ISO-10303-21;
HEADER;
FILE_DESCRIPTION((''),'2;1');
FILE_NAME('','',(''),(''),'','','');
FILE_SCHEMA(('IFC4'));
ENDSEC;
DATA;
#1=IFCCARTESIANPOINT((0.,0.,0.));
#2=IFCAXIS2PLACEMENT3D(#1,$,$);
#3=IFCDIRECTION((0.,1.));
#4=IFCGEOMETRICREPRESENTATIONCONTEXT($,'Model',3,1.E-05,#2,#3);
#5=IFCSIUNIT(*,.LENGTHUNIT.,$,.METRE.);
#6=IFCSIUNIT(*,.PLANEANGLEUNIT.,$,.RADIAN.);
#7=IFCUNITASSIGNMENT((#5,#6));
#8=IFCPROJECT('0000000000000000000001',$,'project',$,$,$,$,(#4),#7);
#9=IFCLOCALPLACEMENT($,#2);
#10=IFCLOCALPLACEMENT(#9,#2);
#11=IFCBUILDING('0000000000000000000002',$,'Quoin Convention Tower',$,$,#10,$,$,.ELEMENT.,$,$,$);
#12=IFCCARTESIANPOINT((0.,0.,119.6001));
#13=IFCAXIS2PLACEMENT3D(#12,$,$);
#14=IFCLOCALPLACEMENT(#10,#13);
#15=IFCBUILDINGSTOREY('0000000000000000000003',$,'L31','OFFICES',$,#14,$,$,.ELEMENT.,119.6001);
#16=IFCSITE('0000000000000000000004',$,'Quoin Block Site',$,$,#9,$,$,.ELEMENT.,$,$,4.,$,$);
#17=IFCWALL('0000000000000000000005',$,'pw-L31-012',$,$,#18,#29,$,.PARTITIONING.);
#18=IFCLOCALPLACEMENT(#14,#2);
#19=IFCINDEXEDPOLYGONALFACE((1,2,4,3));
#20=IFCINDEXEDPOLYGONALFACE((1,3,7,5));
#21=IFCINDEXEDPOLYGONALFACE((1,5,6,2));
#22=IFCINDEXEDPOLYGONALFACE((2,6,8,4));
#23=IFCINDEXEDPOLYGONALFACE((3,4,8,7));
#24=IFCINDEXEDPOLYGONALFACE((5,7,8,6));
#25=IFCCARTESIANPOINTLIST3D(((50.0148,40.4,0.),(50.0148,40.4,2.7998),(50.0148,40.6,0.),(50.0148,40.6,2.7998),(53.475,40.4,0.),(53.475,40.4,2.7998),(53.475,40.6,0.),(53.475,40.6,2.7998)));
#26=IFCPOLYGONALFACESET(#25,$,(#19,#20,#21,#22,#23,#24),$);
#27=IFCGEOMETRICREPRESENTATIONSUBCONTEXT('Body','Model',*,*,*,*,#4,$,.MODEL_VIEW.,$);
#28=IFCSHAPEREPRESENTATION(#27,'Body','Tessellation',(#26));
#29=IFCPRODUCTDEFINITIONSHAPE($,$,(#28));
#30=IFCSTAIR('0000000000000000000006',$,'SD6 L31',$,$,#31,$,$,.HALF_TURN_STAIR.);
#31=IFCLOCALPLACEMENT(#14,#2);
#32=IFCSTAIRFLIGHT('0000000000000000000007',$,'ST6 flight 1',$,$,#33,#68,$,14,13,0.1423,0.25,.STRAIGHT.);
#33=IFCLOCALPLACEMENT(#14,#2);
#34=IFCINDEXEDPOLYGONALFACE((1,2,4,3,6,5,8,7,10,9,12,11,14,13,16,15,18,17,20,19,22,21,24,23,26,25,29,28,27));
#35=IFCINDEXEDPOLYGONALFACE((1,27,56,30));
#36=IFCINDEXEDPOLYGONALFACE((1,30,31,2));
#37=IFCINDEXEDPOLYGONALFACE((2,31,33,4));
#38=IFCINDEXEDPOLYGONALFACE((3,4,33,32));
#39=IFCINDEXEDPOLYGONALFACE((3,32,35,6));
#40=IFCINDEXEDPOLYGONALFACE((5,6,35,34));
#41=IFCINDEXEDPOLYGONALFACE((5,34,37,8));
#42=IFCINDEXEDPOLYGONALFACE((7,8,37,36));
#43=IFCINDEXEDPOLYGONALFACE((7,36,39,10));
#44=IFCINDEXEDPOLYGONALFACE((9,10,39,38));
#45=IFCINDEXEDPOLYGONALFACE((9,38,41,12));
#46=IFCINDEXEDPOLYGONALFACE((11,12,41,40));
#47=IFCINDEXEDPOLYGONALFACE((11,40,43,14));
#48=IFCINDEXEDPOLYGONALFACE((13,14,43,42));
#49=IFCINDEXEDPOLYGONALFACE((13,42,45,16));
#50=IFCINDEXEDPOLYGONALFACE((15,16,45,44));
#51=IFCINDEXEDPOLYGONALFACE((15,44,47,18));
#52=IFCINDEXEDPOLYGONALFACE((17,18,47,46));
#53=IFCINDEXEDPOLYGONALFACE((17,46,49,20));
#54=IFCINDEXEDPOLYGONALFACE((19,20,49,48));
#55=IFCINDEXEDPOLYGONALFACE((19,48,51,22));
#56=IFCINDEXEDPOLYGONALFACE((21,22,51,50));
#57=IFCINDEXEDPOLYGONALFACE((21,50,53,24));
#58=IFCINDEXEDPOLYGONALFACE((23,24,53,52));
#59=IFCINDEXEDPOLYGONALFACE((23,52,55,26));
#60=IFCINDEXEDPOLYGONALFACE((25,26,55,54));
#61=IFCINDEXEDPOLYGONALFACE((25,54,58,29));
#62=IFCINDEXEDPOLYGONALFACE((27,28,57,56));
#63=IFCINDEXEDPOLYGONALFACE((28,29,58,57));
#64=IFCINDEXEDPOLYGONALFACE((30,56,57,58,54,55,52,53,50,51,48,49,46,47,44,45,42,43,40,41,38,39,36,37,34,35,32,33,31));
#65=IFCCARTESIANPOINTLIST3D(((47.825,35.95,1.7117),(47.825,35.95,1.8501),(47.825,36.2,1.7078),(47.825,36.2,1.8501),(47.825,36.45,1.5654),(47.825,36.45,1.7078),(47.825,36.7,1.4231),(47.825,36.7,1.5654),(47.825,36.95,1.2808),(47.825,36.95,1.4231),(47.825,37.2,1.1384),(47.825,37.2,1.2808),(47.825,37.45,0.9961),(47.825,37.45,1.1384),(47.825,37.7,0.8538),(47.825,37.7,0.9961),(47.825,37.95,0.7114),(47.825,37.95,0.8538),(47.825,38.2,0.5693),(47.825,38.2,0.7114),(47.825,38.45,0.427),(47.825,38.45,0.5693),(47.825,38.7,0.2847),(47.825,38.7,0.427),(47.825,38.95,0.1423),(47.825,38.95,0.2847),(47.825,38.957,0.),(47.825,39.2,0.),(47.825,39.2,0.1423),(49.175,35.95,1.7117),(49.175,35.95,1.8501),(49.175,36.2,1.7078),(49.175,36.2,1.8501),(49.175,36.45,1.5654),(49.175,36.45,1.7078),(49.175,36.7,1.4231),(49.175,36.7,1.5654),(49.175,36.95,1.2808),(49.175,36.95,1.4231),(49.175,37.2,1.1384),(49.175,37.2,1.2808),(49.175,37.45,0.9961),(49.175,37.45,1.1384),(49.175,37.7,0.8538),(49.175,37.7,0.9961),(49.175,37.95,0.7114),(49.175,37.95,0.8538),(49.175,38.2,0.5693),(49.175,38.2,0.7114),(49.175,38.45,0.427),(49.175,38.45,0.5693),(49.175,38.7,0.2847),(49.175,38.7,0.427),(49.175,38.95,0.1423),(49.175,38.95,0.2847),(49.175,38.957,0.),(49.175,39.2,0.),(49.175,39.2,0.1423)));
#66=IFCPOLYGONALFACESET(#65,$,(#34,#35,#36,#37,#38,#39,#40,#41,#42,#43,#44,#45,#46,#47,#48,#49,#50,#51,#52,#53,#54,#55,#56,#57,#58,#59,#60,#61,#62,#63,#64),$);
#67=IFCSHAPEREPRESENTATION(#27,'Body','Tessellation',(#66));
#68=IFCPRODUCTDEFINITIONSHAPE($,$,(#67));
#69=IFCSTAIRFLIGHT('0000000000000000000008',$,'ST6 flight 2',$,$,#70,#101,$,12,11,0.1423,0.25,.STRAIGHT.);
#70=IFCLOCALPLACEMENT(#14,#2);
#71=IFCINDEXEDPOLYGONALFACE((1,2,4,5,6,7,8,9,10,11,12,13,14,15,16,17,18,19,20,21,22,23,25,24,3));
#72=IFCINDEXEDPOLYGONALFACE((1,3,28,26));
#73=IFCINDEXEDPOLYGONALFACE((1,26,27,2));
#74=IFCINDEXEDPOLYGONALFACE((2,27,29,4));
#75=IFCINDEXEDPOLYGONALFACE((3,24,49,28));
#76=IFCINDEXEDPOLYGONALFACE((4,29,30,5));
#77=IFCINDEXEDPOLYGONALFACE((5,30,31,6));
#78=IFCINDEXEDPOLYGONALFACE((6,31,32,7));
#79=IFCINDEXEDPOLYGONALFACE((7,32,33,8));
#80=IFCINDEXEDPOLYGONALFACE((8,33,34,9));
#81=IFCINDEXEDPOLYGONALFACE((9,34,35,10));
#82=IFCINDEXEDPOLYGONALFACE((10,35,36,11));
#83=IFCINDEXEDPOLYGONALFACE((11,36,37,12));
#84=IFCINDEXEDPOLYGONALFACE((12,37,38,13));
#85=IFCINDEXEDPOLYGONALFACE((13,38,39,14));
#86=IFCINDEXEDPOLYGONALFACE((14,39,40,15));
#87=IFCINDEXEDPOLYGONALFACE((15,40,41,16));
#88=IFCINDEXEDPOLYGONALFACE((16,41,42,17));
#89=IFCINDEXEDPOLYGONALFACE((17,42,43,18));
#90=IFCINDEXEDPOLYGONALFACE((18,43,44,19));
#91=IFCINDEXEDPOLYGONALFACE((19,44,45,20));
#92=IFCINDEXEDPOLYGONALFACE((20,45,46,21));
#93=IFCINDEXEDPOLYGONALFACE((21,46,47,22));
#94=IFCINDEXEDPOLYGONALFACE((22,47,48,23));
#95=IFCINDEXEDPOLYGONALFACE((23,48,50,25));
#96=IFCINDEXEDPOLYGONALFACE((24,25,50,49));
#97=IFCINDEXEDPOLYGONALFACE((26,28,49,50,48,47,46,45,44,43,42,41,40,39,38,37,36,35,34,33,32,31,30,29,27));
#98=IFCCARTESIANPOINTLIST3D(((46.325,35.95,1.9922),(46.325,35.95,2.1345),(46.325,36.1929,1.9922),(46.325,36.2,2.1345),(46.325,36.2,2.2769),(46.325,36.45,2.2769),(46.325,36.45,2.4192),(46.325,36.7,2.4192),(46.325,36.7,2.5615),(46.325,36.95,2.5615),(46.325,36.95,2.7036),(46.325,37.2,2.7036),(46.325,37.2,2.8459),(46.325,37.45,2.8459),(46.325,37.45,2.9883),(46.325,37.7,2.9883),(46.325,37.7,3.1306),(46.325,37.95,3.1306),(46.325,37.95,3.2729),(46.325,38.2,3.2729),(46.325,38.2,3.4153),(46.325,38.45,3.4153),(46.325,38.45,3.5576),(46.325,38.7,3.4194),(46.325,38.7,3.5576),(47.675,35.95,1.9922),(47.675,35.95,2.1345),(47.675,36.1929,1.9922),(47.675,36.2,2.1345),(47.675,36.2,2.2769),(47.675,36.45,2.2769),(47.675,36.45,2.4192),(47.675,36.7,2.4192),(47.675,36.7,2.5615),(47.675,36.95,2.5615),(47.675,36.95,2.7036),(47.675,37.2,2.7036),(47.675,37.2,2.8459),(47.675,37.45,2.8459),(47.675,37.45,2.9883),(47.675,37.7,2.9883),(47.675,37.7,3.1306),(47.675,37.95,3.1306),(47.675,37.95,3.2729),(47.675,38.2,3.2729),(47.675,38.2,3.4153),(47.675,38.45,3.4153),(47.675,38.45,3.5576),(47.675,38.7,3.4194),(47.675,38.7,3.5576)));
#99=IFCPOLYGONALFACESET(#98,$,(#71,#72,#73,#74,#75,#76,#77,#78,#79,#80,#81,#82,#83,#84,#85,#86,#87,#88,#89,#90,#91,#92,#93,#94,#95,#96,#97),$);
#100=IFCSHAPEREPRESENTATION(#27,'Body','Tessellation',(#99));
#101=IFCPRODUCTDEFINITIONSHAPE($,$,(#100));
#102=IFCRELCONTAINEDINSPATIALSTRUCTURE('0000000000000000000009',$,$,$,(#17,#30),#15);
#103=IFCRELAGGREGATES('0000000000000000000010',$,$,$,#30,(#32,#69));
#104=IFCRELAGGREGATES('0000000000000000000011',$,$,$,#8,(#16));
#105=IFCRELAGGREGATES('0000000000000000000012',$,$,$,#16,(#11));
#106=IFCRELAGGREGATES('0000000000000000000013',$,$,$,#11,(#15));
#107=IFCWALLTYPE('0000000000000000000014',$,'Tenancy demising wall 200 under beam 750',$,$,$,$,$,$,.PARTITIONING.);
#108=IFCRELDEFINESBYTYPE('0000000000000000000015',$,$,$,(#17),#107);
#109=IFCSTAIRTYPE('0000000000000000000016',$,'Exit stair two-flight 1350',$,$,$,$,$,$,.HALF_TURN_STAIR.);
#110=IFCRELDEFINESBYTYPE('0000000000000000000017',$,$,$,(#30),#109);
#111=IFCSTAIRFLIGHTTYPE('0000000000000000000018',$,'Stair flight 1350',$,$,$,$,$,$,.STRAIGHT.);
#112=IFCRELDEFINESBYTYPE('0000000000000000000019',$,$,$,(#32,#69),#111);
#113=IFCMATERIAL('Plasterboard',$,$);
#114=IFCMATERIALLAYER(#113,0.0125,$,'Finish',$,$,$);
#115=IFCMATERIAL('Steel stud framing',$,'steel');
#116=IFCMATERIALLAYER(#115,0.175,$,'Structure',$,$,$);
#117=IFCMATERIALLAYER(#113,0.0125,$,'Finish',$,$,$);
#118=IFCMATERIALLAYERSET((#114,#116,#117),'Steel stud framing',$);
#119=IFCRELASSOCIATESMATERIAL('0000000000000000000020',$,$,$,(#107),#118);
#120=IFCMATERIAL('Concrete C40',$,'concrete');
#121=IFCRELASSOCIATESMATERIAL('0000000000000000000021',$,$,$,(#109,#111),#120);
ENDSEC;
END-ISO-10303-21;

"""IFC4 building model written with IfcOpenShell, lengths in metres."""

from ifc_helpers import new_model, si_unit, direction, frame, frame_2d, origin, place, context, subcontext, project, spatial, polyline, rectangle, outline, extrude, material, layer, layer_set, type_object, element, aggregate, save


model = new_model("IFC4")

# Units and contexts
model_context = context("Model", 3, precision=1e-05, world=origin(), true_north=direction((0.0, 1.0)))
body_context = subcontext(model_context, "Body", "Model", "MODEL_VIEW")
ifc_project = project(units=[si_unit("LENGTHUNIT", "METRE"), si_unit("PLANEANGLEUNIT", "RADIAN")], contexts=[model_context])

# Site, building, storey
site_placement = place(None, origin())
site = spatial("IfcSite", under=ifc_project, at=site_placement, Name="Quoin Block Site", CompositionType="ELEMENT", RefElevation=4.0)
building_placement = place(site_placement, origin())
building = spatial("IfcBuilding", under=site, at=building_placement, Name="Quoin Convention Tower", CompositionType="ELEMENT")
storey_placement = place(building_placement, frame((0.0, 0.0, 119.6001)))
storey = spatial("IfcBuildingStorey", under=building, at=storey_placement, Name="L31", Description="OFFICES", CompositionType="ELEMENT", Elevation=119.6001)

# Shared definitions
ifc_material_1 = material(Name="Plasterboard")
ifc_material_2 = material(Name="Steel stud framing", Category="steel")

# Wall
ifc_layer_1 = layer(ifc_material_1, 0.0125, Name="Finish")
ifc_layer_2 = layer(ifc_material_2, 0.175, Name="Structure")
ifc_layer_3 = layer(ifc_material_1, 0.0125, Name="Finish")
ifc_layer_set_1 = layer_set([ifc_layer_1, ifc_layer_2, ifc_layer_3], Name="Steel stud framing")
wall_type_1 = type_object("IfcWallType", Name="Tenancy demising wall 200 under beam 750", PredefinedType="PARTITIONING", material=ifc_layer_set_1)
wall_1_placement = place(storey_placement, frame((50.0149, 40.5, 0.0), z_axis=(0.0, 0.0, 1.0), x_axis=(1.0, 0.0, 0.0)))
element("IfcWall", 1, at=wall_1_placement, inside=storey, type_object=wall_type_1, Name="pw-L31-012", PredefinedType="PARTITIONING", context=body_context, shape_type="SweptSolid", body=[
    extrude(rectangle(XDim=3.4602, YDim=0.2, at=frame_2d((1.73, 0.0))), origin(), (0.0, 0.0, 1.0), 2.7998),
])

# Stair, stair flights
ifc_material_3 = material(Name="Concrete C40", Category="concrete")
stair_type = type_object("IfcStairType", Name="Exit stair two-flight 1350", PredefinedType="HALF_TURN_STAIR", material=ifc_material_3)
stair_placement = place(storey_placement, origin())
stair = element("IfcStair", 2, at=stair_placement, inside=storey, type_object=stair_type, Name="SD6 L31", PredefinedType="HALF_TURN_STAIR")
stair_flight_type = type_object("IfcStairFlightType", Name="Stair flight 1350", PredefinedType="STRAIGHT", material=ifc_material_3)
stair_flight_1_placement = place(storey_placement, frame((48.5, 39.2, 0.0), z_axis=(0.0, 0.0, 1.0), x_axis=(0.0, -1.0, 0.0)))
stair_flight_1 = element("IfcStairFlight", 3, at=stair_flight_1_placement, type_object=stair_flight_type, Name="ST6 flight 1", NumberOfRisers=14, NumberOfTreads=13, PredefinedType="STRAIGHT", RiserHeight=0.1423, TreadLength=0.25, context=body_context, shape_type="SweptSolid", body=[
    extrude(outline(polyline([(0.0, 0.0), (0.0, 0.1423), (0.25, 0.1423), (0.25, 0.2847), (0.5, 0.2847), (0.5, 0.427), (0.75, 0.427), (0.75, 0.5693), (1.0, 0.5693), (1.0, 0.7114), (1.25, 0.7114), (1.25, 0.8538), (1.5, 0.8538), (1.5, 0.9961), (1.75, 0.9961), (1.75, 1.1384), (2.0, 1.1384), (2.0, 1.2808), (2.25, 1.2808), (2.25, 1.4231), (2.5, 1.4231), (2.5, 1.5654), (2.75, 1.5654), (2.75, 1.7078), (3.0, 1.7078), (3.0, 1.8501), (3.25, 1.8501), (3.25, 1.9922), (3.25, 1.7117), (0.2429, 0.0), (0.0, 0.0)])), frame((0.0, 0.675, 0.0), z_axis=(0.0, -1.0, 0.0), x_axis=(1.0, 0.0, 0.0)), (0.0, 0.0, 1.0), 1.3501),
])
stair_flight_2_placement = place(storey_placement, frame((47.0, 35.95, 1.9922), z_axis=(0.0, 0.0, 1.0), x_axis=(0.0, 1.0, 0.0)))
stair_flight_2 = element("IfcStairFlight", 4, at=stair_flight_2_placement, type_object=stair_flight_type, Name="ST6 flight 2", NumberOfRisers=12, NumberOfTreads=11, PredefinedType="STRAIGHT", RiserHeight=0.1423, TreadLength=0.25, context=body_context, shape_type="SweptSolid", body=[
    extrude(outline(polyline([(0.0, 0.0), (0.0, 0.1423), (0.25, 0.1423), (0.25, 0.2847), (0.5, 0.2847), (0.5, 0.427), (0.75, 0.427), (0.75, 0.5693), (1.0, 0.5693), (1.0, 0.7114), (1.25, 0.7114), (1.25, 0.8538), (1.5, 0.8538), (1.5, 0.9961), (1.75, 0.9961), (1.75, 1.1384), (2.0, 1.1384), (2.0, 1.2808), (2.25, 1.2808), (2.25, 1.4231), (2.5, 1.4231), (2.5, 1.5654), (2.75, 1.5654), (2.75, 1.7078), (2.75, 1.4272), (0.2429, 0.0), (0.0, 0.0)])), frame((0.0, 0.675, 0.0), z_axis=(0.0, -1.0, 0.0), x_axis=(1.0, 0.0, 0.0)), (0.0, 0.0, 1.0), 1.3501),
])
aggregate(stair, [stair_flight_1, stair_flight_2])

save(model, "model.ifc")
